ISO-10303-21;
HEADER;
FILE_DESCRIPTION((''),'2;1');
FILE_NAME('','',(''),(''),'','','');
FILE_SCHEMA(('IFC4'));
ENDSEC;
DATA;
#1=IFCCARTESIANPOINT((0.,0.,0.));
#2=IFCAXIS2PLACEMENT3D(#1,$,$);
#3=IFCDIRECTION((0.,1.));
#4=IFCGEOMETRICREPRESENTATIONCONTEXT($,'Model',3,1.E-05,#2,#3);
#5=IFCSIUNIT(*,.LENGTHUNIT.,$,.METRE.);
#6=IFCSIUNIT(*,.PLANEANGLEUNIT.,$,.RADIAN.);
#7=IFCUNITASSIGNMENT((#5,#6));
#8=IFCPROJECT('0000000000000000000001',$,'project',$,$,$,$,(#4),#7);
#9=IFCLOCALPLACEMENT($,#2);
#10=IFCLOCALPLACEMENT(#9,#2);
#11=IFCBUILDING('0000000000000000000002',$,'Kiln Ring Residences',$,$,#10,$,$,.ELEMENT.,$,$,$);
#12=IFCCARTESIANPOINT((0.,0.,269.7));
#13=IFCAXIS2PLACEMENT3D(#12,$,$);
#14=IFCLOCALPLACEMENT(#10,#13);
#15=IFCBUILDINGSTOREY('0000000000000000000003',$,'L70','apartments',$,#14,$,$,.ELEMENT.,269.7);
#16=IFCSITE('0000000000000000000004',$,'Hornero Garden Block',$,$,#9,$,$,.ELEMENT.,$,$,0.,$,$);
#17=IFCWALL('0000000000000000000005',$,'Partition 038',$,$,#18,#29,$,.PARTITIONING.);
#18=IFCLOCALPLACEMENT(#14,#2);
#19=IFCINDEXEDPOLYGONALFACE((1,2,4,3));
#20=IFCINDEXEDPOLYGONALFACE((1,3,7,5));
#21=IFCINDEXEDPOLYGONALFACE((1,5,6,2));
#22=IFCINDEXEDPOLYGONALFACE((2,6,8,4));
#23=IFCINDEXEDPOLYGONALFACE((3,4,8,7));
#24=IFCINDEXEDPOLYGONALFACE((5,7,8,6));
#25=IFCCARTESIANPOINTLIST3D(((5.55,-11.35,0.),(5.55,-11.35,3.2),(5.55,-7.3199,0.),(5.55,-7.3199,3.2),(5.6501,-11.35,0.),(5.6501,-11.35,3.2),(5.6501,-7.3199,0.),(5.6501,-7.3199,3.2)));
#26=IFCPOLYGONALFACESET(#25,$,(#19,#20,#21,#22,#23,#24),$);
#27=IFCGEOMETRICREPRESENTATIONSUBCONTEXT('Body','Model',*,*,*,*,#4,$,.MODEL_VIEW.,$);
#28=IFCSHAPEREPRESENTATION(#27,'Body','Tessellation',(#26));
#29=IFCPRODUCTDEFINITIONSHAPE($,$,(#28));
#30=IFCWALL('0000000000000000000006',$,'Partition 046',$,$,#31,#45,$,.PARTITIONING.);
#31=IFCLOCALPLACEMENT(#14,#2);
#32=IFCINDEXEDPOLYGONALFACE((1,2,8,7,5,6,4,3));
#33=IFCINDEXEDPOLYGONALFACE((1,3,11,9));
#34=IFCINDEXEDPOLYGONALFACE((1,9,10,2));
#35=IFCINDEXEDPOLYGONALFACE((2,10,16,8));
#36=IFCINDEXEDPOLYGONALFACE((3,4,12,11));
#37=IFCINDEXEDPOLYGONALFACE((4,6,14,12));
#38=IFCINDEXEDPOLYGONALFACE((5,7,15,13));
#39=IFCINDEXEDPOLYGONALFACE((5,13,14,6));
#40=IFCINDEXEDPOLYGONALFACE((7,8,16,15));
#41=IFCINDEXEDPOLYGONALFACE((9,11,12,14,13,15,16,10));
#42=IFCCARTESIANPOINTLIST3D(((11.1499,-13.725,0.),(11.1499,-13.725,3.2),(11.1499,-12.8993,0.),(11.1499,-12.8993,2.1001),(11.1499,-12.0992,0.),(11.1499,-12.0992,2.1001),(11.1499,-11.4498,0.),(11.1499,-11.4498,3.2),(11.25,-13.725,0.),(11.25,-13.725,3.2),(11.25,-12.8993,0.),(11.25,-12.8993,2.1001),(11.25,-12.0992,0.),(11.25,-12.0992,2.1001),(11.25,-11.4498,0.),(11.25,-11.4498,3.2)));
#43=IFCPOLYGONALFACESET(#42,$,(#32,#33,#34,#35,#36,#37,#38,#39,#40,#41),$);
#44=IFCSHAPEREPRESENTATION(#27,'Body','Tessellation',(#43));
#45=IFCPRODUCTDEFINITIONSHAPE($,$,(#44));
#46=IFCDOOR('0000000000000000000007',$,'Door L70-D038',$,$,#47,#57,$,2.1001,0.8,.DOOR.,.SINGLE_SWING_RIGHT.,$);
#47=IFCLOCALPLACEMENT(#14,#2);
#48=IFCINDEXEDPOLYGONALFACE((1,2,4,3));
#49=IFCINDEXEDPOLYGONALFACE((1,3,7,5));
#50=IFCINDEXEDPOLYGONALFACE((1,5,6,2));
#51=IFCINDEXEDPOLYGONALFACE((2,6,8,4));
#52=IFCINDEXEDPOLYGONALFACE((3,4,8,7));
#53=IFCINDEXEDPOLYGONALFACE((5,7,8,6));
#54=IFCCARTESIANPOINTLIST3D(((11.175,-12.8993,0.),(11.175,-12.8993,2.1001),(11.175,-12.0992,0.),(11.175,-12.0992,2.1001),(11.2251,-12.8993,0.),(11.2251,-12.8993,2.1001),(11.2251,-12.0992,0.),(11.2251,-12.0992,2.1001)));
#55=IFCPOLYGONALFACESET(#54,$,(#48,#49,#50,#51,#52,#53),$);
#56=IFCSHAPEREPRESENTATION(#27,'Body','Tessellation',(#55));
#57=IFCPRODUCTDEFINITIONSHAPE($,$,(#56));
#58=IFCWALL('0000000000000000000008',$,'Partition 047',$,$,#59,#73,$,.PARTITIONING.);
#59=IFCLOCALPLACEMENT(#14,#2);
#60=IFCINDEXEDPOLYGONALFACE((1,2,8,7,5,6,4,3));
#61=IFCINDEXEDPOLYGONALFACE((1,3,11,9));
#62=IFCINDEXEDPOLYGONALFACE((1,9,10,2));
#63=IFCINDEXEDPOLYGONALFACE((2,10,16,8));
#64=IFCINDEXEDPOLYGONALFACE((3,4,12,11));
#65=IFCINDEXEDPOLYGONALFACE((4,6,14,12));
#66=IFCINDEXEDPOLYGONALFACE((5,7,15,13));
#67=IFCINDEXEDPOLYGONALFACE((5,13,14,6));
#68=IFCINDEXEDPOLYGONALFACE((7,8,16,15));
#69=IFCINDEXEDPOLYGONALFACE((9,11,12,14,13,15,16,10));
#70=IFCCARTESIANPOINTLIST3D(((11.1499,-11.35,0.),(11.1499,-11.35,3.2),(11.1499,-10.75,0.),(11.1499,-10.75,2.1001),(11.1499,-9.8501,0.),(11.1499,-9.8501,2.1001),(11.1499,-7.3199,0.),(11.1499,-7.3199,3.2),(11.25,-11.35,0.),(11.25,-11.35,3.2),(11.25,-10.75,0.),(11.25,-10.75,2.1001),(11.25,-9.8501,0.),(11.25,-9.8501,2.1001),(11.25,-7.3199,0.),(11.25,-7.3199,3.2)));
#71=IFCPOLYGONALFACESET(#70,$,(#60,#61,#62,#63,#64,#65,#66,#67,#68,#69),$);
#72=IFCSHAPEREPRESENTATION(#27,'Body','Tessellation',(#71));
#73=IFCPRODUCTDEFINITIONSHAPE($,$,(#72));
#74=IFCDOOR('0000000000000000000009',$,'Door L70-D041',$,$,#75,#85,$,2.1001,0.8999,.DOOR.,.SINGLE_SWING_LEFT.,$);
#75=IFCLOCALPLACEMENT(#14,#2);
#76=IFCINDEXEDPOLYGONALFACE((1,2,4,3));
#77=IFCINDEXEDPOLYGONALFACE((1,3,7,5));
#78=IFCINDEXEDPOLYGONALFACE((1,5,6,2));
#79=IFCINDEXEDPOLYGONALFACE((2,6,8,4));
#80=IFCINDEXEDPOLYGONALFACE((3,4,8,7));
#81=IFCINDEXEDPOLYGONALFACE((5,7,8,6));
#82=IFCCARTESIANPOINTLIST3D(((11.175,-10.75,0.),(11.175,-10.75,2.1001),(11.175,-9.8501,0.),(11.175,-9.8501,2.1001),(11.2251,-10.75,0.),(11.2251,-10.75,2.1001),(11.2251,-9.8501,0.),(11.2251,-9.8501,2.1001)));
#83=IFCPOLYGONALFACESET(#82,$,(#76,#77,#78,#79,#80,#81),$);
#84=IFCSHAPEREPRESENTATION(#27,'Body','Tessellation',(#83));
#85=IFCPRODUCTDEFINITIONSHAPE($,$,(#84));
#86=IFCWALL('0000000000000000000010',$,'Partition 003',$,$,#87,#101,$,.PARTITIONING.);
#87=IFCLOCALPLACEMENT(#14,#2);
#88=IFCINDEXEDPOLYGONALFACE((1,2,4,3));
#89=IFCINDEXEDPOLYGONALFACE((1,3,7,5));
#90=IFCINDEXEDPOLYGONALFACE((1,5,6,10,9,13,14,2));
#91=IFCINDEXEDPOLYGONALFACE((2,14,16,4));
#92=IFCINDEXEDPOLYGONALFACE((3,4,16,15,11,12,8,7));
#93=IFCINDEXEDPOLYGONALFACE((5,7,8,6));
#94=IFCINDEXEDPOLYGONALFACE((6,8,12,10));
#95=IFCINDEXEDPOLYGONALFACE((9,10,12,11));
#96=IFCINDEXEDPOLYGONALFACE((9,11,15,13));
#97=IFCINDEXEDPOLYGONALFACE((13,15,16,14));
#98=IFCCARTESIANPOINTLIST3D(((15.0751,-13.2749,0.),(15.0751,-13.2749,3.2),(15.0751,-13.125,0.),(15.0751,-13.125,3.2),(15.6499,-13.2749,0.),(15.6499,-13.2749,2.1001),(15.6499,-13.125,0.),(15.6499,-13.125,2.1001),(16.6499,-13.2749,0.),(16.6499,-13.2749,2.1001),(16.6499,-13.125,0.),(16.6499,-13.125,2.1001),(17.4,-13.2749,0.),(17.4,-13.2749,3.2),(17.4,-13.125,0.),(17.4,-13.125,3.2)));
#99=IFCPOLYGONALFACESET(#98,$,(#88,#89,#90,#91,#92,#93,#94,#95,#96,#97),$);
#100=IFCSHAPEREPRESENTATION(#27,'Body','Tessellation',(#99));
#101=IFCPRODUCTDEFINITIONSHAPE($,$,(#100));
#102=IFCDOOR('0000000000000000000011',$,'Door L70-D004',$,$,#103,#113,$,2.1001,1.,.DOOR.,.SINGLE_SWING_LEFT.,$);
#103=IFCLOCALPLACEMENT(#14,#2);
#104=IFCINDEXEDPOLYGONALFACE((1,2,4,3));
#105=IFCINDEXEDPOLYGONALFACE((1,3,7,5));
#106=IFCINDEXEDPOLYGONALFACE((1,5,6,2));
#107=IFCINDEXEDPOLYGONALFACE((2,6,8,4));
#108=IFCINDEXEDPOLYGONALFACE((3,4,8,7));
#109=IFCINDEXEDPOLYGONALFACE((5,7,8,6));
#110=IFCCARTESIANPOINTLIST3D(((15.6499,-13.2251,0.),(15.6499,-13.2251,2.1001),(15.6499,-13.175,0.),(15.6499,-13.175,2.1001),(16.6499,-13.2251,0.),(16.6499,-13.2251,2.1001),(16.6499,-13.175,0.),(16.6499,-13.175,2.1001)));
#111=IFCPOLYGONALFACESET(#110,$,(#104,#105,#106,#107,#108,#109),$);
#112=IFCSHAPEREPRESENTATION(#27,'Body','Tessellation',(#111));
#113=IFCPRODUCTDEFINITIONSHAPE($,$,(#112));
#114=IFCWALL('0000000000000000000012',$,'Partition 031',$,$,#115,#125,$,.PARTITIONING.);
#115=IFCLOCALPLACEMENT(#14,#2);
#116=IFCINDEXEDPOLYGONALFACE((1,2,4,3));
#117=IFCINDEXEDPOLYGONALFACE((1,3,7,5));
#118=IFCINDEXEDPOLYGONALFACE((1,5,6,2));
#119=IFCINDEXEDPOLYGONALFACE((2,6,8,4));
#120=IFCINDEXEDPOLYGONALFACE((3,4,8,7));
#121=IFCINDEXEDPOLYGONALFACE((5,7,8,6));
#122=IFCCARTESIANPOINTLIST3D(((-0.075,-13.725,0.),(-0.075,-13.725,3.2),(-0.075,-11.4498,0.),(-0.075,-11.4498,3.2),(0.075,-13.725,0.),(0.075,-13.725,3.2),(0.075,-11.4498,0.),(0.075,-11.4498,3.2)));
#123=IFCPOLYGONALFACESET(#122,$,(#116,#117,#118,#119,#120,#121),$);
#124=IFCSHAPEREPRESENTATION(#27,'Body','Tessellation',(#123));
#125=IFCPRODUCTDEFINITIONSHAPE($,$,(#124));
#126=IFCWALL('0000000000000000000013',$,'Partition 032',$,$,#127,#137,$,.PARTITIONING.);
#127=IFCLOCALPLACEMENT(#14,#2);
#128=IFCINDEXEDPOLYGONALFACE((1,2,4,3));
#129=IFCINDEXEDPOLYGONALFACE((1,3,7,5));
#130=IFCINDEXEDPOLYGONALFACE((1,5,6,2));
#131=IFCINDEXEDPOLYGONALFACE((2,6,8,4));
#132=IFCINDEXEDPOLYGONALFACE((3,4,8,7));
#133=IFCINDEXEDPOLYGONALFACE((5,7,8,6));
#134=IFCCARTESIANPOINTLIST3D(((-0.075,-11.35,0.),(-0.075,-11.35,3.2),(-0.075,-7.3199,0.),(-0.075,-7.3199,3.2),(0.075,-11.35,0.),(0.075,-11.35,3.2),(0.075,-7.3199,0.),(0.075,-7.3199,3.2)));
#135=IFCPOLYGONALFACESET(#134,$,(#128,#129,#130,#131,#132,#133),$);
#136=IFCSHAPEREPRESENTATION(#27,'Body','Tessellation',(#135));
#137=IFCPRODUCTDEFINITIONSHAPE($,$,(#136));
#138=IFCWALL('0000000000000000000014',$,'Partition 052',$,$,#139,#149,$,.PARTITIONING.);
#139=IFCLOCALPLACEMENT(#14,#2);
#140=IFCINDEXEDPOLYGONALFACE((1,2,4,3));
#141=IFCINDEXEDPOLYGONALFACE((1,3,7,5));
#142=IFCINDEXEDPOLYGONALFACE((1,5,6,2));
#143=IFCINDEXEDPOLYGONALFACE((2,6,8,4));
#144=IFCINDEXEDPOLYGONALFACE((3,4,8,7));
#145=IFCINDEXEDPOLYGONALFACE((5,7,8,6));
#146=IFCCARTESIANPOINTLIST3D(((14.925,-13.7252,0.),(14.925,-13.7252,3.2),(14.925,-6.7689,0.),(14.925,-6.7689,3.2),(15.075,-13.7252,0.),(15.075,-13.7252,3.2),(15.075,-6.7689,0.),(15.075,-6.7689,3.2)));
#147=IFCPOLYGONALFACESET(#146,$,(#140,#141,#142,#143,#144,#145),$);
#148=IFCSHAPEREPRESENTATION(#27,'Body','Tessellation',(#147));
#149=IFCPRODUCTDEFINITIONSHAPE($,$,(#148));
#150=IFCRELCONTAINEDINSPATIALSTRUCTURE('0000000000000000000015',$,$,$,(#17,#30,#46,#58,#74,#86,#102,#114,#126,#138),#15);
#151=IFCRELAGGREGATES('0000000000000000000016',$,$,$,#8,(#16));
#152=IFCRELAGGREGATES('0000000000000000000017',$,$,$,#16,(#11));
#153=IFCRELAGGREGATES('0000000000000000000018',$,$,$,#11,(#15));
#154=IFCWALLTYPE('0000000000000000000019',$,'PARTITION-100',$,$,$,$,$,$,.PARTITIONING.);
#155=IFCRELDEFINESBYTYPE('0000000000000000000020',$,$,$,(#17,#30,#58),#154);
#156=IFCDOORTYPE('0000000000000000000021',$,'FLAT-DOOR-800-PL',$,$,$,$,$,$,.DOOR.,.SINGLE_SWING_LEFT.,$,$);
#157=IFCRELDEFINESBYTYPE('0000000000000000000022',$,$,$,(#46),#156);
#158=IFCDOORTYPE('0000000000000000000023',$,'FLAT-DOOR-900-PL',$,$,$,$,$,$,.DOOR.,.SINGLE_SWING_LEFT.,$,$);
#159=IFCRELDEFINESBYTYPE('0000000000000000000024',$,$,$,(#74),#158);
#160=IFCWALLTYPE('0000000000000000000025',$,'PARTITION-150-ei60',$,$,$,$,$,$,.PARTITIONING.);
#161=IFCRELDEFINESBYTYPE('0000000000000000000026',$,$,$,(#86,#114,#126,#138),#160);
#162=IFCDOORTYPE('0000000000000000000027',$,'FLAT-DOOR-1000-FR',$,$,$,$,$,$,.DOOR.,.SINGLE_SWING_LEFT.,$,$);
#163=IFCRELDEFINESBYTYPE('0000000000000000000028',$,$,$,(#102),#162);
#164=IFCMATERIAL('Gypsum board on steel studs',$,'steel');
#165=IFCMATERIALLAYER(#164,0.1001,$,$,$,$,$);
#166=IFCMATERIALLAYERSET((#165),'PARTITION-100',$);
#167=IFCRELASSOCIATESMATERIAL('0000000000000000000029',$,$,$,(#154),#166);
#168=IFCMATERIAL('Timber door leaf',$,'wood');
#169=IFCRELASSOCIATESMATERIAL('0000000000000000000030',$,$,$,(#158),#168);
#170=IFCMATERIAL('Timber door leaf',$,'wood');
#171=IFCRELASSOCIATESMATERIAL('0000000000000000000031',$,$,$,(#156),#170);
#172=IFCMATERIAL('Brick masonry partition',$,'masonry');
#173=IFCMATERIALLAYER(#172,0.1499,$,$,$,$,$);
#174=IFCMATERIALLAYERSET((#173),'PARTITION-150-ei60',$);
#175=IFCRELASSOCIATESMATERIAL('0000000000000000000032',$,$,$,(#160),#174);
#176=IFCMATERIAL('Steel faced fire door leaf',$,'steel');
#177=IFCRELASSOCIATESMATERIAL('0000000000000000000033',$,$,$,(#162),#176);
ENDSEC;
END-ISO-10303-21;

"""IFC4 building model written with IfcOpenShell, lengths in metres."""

from ifc_helpers import new_model, si_unit, direction, frame, frame_2d, origin, place, context, subcontext, project, spatial, rectangle, extrude, material, layer, layer_set, type_object, element, fill, save


model = new_model("IFC4")

# Units and contexts
model_context = context("Model", 3, precision=1e-05, world=origin(), true_north=direction((0.0, 1.0)))
body_context = subcontext(model_context, "Body", "Model", "MODEL_VIEW")
ifc_project = project(units=[si_unit("LENGTHUNIT", "METRE"), si_unit("PLANEANGLEUNIT", "RADIAN")], contexts=[model_context])

# Site, building, storey
site_placement = place(None, origin())
site = spatial("IfcSite", under=ifc_project, at=site_placement, Name="Hornero Garden Block", CompositionType="ELEMENT", RefElevation=0.0)
building_placement = place(site_placement, origin())
building = spatial("IfcBuilding", under=site, at=building_placement, Name="Kiln Ring Residences", CompositionType="ELEMENT")
storey_placement = place(building_placement, frame((0.0, 0.0, 269.7)))
storey = spatial("IfcBuildingStorey", under=building, at=storey_placement, Name="L70", Description="apartments", CompositionType="ELEMENT", Elevation=269.7)

# Shared definitions
ifc_material_1 = material(Name="Gypsum board on steel studs", Category="steel")
ifc_layer_1 = layer(ifc_material_1, 0.1001)
ifc_layer_set_1 = layer_set([ifc_layer_1], Name="PARTITION-100")
wall_type_1 = type_object("IfcWallType", Name="PARTITION-100", PredefinedType="PARTITIONING", material=ifc_layer_set_1)
ifc_material_2 = material(Name="Timber door leaf", Category="wood")
door_type_1 = type_object("IfcDoorType", Name="FLAT-DOOR-900-PL", OperationType="SINGLE_SWING_LEFT", PredefinedType="DOOR", material=ifc_material_2)

# Wall
wall_1_placement = place(storey_placement, frame((5.6001, -11.3501, 0.0), z_axis=(0.0, 0.0, 1.0), x_axis=(0.0, 1.0, 0.0)))
element("IfcWall", 1, at=wall_1_placement, inside=storey, type_object=wall_type_1, Name="Partition 038", PredefinedType="PARTITIONING", context=body_context, shape_type="SweptSolid", body=[
    extrude(rectangle(XDim=4.03, YDim=0.1001, at=frame_2d((2.0151, 0.0))), origin(), (0.0, 0.0, 1.0), 3.2),
])

# Walls, openings, doors
wall_2_placement = place(storey_placement, frame((11.2, -13.7251, 0.0), z_axis=(0.0, 0.0, 1.0), x_axis=(0.0, 1.0, 0.0)))
wall_2 = element("IfcWall", 2, at=wall_2_placement, inside=storey, type_object=wall_type_1, Name="Partition 046", PredefinedType="PARTITIONING", context=body_context, shape_type="SweptSolid", body=[
    extrude(rectangle(XDim=2.2751, YDim=0.1001, at=frame_2d((1.1377, 0.0))), origin(), (0.0, 0.0, 1.0), 3.2),
])
opening_1_placement = place(wall_2_placement, frame((0.8259, 0.0, 0.0)))
opening_1 = element("IfcOpeningElement", 3, at=opening_1_placement, cuts=wall_2, PredefinedType="OPENING", context=body_context, shape_type="SweptSolid", body=[
    extrude(rectangle(XDim=0.8, YDim=2.1001, at=frame_2d((0.3999, 1.05))), frame((0.0, 0.0601, 0.0), z_axis=(0.0, -1.0, 0.0), x_axis=(1.0, 0.0, 0.0)), (0.0, 0.0, 1.0), 0.1201),
])
ifc_material_3 = material(Name="Timber door leaf", Category="wood")
door_type_2 = type_object("IfcDoorType", Name="FLAT-DOOR-800-PL", OperationType="SINGLE_SWING_LEFT", PredefinedType="DOOR", material=ifc_material_3)
door_1_placement = place(opening_1_placement, origin())
door_1 = element("IfcDoor", 4, at=door_1_placement, inside=storey, type_object=door_type_2, Name="Door L70-D038", OperationType="SINGLE_SWING_RIGHT", OverallHeight=2.1001, OverallWidth=0.8, PredefinedType="DOOR", context=body_context, shape_type="SweptSolid", body=[
    extrude(rectangle(XDim=0.8, YDim=2.1001, at=frame_2d((0.3999, 1.05))), frame((0.0, 0.0249, 0.0), z_axis=(0.0, -1.0, 0.0), x_axis=(1.0, 0.0, 0.0)), (0.0, 0.0, 1.0), 0.05),
])
fill(opening_1, door_1)
wall_3_placement = place(storey_placement, frame((11.2, -11.3501, 0.0), z_axis=(0.0, 0.0, 1.0), x_axis=(0.0, 1.0, 0.0)))
wall_3 = element("IfcWall", 5, at=wall_3_placement, inside=storey, type_object=wall_type_1, Name="Partition 047", PredefinedType="PARTITIONING", context=body_context, shape_type="SweptSolid", body=[
    extrude(rectangle(XDim=4.03, YDim=0.1001, at=frame_2d((2.0151, 0.0))), origin(), (0.0, 0.0, 1.0), 3.2),
])
opening_2_placement = place(wall_3_placement, frame((0.6001, 0.0, 0.0)))
opening_2 = element("IfcOpeningElement", 6, at=opening_2_placement, cuts=wall_3, PredefinedType="OPENING", context=body_context, shape_type="SweptSolid", body=[
    extrude(rectangle(XDim=0.8999, YDim=2.1001, at=frame_2d((0.45, 1.05))), frame((0.0, 0.0601, 0.0), z_axis=(0.0, -1.0, 0.0), x_axis=(1.0, 0.0, 0.0)), (0.0, 0.0, 1.0), 0.1201),
])
door_2_placement = place(opening_2_placement, origin())
door_2 = element("IfcDoor", 7, at=door_2_placement, inside=storey, type_object=door_type_1, Name="Door L70-D041", OperationType="SINGLE_SWING_LEFT", OverallHeight=2.1001, OverallWidth=0.8999, PredefinedType="DOOR", context=body_context, shape_type="SweptSolid", body=[
    extrude(rectangle(XDim=0.8999, YDim=2.1001, at=frame_2d((0.45, 1.05))), frame((0.0, 0.0249, 0.0), z_axis=(0.0, -1.0, 0.0), x_axis=(1.0, 0.0, 0.0)), (0.0, 0.0, 1.0), 0.05),
])
fill(opening_2, door_2)
ifc_material_4 = material(Name="Brick masonry partition", Category="masonry")
ifc_layer_2 = layer(ifc_material_4, 0.1499)
ifc_layer_set_2 = layer_set([ifc_layer_2], Name="PARTITION-150-ei60")
wall_type_2 = type_object("IfcWallType", Name="PARTITION-150-ei60", PredefinedType="PARTITIONING", material=ifc_layer_set_2)
wall_4_placement = place(storey_placement, frame((15.075, -13.2, 0.0), z_axis=(0.0, 0.0, 1.0), x_axis=(1.0, 0.0, 0.0)))
wall_4 = element("IfcWall", 8, at=wall_4_placement, inside=storey, type_object=wall_type_2, Name="Partition 003", PredefinedType="PARTITIONING", context=body_context, shape_type="SweptSolid", body=[
    extrude(rectangle(XDim=2.325, YDim=0.1499, at=frame_2d((1.1626, 0.0))), origin(), (0.0, 0.0, 1.0), 3.2),
])
opening_3_placement = place(wall_4_placement, frame((0.575, 0.0, 0.0)))
opening_3 = element("IfcOpeningElement", 9, at=opening_3_placement, cuts=wall_4, PredefinedType="OPENING", context=body_context, shape_type="SweptSolid", body=[
    extrude(rectangle(XDim=1.0, YDim=2.1001, at=frame_2d((0.5, 1.05))), frame((0.0, 0.085, 0.0), z_axis=(0.0, -1.0, 0.0), x_axis=(1.0, 0.0, 0.0)), (0.0, 0.0, 1.0), 0.1699),
])
ifc_material_5 = material(Name="Steel faced fire door leaf", Category="steel")
door_type_3 = type_object("IfcDoorType", Name="FLAT-DOOR-1000-FR", OperationType="SINGLE_SWING_LEFT", PredefinedType="DOOR", material=ifc_material_5)
door_3_placement = place(opening_3_placement, origin())
door_3 = element("IfcDoor", 10, at=door_3_placement, inside=storey, type_object=door_type_3, Name="Door L70-D004", OperationType="SINGLE_SWING_LEFT", OverallHeight=2.1001, OverallWidth=1.0, PredefinedType="DOOR", context=body_context, shape_type="SweptSolid", body=[
    extrude(rectangle(XDim=1.0, YDim=2.1001, at=frame_2d((0.5, 1.05))), frame((0.0, 0.0249, 0.0), z_axis=(0.0, -1.0, 0.0), x_axis=(1.0, 0.0, 0.0)), (0.0, 0.0, 1.0), 0.05),
])
fill(opening_3, door_3)

# Walls
wall_5_placement = place(storey_placement, frame((0.0, -13.7251, 0.0), z_axis=(0.0, 0.0, 1.0), x_axis=(0.0, 1.0, 0.0)))
element("IfcWall", 11, at=wall_5_placement, inside=storey, type_object=wall_type_2, Name="Partition 031", PredefinedType="PARTITIONING", context=body_context, shape_type="SweptSolid", body=[
    extrude(rectangle(XDim=2.2751, YDim=0.1499, at=frame_2d((1.1377, 0.0))), origin(), (0.0, 0.0, 1.0), 3.2),
])
wall_6_placement = place(storey_placement, frame((0.0, -11.3501, 0.0), z_axis=(0.0, 0.0, 1.0), x_axis=(0.0, 1.0, 0.0)))
element("IfcWall", 12, at=wall_6_placement, inside=storey, type_object=wall_type_2, Name="Partition 032", PredefinedType="PARTITIONING", context=body_context, shape_type="SweptSolid", body=[
    extrude(rectangle(XDim=4.03, YDim=0.1499, at=frame_2d((2.0151, 0.0))), origin(), (0.0, 0.0, 1.0), 3.2),
])
wall_7_placement = place(storey_placement, frame((15.0, -13.7251, 0.0), z_axis=(0.0, 0.0, 1.0), x_axis=(0.0, 1.0, 0.0)))
element("IfcWall", 13, at=wall_7_placement, inside=storey, type_object=wall_type_2, Name="Partition 052", PredefinedType="PARTITIONING", context=body_context, shape_type="SweptSolid", body=[
    extrude(rectangle(XDim=6.9563, YDim=0.1499, at=frame_2d((3.478, 0.0))), origin(), (0.0, 0.0, 1.0), 3.2),
])

save(model, "model.ifc")
